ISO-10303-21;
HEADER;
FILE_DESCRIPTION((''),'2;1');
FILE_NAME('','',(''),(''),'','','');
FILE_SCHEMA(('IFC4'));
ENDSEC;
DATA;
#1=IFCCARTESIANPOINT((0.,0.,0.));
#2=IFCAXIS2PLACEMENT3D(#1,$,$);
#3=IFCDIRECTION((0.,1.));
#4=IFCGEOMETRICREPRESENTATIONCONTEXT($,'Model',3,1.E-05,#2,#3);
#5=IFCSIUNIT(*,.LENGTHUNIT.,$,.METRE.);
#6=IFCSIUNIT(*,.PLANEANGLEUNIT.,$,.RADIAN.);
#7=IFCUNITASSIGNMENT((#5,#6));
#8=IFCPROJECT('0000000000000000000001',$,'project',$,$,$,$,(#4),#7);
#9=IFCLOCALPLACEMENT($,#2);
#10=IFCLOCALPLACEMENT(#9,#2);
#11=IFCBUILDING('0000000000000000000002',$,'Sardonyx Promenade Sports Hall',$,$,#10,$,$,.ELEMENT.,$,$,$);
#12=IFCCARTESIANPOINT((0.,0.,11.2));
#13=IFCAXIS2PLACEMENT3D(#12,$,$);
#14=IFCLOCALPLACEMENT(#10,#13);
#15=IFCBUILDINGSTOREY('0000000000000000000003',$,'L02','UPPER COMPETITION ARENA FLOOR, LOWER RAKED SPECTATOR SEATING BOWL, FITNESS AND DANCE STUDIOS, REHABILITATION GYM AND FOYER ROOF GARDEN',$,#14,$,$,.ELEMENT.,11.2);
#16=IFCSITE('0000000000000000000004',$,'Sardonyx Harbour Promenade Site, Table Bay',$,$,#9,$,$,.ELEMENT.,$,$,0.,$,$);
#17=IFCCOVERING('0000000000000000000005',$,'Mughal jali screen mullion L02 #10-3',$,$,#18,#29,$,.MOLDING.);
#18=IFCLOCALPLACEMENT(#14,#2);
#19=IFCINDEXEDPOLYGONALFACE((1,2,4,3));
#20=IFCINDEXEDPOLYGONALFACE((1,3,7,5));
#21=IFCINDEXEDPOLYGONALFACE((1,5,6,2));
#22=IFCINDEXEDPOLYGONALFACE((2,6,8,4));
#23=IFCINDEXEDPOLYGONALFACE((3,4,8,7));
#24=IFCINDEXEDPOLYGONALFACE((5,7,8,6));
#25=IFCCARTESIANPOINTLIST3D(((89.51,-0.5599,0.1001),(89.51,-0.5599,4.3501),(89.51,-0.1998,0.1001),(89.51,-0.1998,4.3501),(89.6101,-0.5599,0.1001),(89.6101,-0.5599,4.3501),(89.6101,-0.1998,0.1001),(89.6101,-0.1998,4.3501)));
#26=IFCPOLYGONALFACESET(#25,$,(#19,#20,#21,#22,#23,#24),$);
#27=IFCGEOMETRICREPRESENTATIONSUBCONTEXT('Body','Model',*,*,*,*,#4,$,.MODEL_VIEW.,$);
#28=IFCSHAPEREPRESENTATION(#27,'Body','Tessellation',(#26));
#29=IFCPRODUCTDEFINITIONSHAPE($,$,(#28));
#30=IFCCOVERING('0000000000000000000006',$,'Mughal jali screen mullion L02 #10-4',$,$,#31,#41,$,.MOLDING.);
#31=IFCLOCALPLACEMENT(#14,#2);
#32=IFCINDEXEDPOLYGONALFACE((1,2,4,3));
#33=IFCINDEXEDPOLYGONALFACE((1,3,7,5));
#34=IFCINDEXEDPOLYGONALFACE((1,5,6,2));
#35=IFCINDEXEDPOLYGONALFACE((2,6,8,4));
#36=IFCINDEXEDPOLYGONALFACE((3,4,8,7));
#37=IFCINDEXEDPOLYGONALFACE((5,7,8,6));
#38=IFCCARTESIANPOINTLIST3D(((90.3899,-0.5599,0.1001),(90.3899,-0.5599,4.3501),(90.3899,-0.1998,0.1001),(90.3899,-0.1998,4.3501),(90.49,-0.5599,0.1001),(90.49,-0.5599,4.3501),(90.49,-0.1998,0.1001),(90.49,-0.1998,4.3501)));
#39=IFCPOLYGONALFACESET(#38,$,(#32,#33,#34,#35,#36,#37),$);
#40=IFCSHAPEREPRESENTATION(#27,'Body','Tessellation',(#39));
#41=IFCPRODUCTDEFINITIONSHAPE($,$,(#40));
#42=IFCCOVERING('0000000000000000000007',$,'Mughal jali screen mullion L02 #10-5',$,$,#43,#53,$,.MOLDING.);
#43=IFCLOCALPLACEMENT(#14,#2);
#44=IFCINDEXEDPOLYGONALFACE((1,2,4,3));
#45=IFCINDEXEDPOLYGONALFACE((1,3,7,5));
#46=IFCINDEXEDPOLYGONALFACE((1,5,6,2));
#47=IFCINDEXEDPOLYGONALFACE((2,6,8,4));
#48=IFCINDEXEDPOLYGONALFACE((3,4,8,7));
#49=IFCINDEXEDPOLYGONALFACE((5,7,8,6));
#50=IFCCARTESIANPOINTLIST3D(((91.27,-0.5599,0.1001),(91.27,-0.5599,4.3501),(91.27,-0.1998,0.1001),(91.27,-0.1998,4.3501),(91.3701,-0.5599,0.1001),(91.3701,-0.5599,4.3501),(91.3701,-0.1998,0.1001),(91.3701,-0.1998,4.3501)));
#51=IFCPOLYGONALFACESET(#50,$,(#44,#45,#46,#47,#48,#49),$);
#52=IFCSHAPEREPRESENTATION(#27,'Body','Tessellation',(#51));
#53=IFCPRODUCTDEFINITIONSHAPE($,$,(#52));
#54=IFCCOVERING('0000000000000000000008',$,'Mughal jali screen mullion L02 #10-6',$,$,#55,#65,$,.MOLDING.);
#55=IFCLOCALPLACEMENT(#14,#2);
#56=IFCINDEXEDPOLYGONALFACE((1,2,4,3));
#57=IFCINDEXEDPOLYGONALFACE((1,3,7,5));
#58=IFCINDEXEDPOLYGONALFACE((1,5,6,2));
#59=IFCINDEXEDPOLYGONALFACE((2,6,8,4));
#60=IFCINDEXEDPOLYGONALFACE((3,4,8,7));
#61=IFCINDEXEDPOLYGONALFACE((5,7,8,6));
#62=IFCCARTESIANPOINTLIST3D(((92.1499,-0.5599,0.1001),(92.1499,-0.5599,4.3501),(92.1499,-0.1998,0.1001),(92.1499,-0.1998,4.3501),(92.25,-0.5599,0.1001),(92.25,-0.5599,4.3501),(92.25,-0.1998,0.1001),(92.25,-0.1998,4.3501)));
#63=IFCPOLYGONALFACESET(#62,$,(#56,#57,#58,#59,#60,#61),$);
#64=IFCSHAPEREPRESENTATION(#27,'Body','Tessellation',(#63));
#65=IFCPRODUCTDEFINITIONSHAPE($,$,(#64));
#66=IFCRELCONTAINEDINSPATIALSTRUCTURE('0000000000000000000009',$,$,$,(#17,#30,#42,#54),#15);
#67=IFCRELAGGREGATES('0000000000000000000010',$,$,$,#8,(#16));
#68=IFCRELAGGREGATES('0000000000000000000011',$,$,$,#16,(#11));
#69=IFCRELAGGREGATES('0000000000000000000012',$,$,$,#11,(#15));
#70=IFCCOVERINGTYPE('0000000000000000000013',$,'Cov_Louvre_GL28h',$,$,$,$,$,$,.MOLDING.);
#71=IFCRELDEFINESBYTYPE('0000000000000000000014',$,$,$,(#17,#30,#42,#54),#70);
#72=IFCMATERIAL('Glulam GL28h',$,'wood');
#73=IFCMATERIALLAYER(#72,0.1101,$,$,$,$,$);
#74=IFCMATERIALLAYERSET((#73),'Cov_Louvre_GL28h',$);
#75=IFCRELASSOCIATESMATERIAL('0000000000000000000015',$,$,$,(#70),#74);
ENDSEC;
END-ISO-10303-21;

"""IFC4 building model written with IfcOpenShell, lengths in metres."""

from ifc_helpers import new_model, si_unit, direction, frame, origin, origin_2d, place, context, subcontext, project, spatial, rectangle, extrude, material, layer, layer_set, type_object, element, save


model = new_model("IFC4")

# Units and contexts
model_context = context("Model", 3, precision=1e-05, world=origin(), true_north=direction((0.0, 1.0)))
body_context = subcontext(model_context, "Body", "Model", "MODEL_VIEW")
ifc_project = project(units=[si_unit("LENGTHUNIT", "METRE"), si_unit("PLANEANGLEUNIT", "RADIAN")], contexts=[model_context])

# Site, building, storey
site_placement = place(None, origin())
site = spatial("IfcSite", under=ifc_project, at=site_placement, Name="Sardonyx Harbour Promenade Site, Table Bay", CompositionType="ELEMENT", RefElevation=0.0)
building_placement = place(site_placement, origin())
building = spatial("IfcBuilding", under=site, at=building_placement, Name="Sardonyx Promenade Sports Hall", CompositionType="ELEMENT")
storey_placement = place(building_placement, frame((0.0, 0.0, 11.2)))
storey = spatial("IfcBuildingStorey", under=building, at=storey_placement, Name="L02", Description="UPPER COMPETITION ARENA FLOOR, LOWER RAKED SPECTATOR SEATING BOWL, FITNESS AND DANCE STUDIOS, REHABILITATION GYM AND FOYER ROOF GARDEN", CompositionType="ELEMENT", Elevation=11.2)

# Coverings
ifc_material_1 = material(Name="Glulam GL28h", Category="wood")
ifc_layer_1 = layer(ifc_material_1, 0.1101)
ifc_layer_set_1 = layer_set([ifc_layer_1], Name="Cov_Louvre_GL28h")
covering_type = type_object("IfcCoveringType", Name="Cov_Louvre_GL28h", PredefinedType="MOLDING", material=ifc_layer_set_1)
for number, where, z_axis, x_axis, name in (
    (1, (89.5601, -0.3799, 0.1001), (0.0, 0.0, 1.0), (1.0, 0.0, 0.0), "Mughal jali screen mullion L02 #10-3"),
    (2, (90.4399, -0.3799, 0.1001), (0.0, 0.0, 1.0), (1.0, 0.0, 0.0), "Mughal jali screen mullion L02 #10-4"),
    (3, (91.3201, -0.3799, 0.1001), (0.0, 0.0, 1.0), (1.0, 0.0, 0.0), "Mughal jali screen mullion L02 #10-5"),
    (4, (92.2, -0.3799, 0.1001), (0.0, 0.0, 1.0), (1.0, 0.0, 0.0), "Mughal jali screen mullion L02 #10-6"),
):
    element("IfcCovering", number, at=place(storey_placement, frame(where, z_axis=z_axis, x_axis=x_axis)), inside=storey, type_object=covering_type, Name=name, PredefinedType="MOLDING", context=body_context, shape_type="SweptSolid", body=[
        extrude(rectangle(XDim=0.1001, YDim=0.3601, at=origin_2d()), origin(), (0.0, 0.0, 1.0), 4.25),
    ])

save(model, "model.ifc")
